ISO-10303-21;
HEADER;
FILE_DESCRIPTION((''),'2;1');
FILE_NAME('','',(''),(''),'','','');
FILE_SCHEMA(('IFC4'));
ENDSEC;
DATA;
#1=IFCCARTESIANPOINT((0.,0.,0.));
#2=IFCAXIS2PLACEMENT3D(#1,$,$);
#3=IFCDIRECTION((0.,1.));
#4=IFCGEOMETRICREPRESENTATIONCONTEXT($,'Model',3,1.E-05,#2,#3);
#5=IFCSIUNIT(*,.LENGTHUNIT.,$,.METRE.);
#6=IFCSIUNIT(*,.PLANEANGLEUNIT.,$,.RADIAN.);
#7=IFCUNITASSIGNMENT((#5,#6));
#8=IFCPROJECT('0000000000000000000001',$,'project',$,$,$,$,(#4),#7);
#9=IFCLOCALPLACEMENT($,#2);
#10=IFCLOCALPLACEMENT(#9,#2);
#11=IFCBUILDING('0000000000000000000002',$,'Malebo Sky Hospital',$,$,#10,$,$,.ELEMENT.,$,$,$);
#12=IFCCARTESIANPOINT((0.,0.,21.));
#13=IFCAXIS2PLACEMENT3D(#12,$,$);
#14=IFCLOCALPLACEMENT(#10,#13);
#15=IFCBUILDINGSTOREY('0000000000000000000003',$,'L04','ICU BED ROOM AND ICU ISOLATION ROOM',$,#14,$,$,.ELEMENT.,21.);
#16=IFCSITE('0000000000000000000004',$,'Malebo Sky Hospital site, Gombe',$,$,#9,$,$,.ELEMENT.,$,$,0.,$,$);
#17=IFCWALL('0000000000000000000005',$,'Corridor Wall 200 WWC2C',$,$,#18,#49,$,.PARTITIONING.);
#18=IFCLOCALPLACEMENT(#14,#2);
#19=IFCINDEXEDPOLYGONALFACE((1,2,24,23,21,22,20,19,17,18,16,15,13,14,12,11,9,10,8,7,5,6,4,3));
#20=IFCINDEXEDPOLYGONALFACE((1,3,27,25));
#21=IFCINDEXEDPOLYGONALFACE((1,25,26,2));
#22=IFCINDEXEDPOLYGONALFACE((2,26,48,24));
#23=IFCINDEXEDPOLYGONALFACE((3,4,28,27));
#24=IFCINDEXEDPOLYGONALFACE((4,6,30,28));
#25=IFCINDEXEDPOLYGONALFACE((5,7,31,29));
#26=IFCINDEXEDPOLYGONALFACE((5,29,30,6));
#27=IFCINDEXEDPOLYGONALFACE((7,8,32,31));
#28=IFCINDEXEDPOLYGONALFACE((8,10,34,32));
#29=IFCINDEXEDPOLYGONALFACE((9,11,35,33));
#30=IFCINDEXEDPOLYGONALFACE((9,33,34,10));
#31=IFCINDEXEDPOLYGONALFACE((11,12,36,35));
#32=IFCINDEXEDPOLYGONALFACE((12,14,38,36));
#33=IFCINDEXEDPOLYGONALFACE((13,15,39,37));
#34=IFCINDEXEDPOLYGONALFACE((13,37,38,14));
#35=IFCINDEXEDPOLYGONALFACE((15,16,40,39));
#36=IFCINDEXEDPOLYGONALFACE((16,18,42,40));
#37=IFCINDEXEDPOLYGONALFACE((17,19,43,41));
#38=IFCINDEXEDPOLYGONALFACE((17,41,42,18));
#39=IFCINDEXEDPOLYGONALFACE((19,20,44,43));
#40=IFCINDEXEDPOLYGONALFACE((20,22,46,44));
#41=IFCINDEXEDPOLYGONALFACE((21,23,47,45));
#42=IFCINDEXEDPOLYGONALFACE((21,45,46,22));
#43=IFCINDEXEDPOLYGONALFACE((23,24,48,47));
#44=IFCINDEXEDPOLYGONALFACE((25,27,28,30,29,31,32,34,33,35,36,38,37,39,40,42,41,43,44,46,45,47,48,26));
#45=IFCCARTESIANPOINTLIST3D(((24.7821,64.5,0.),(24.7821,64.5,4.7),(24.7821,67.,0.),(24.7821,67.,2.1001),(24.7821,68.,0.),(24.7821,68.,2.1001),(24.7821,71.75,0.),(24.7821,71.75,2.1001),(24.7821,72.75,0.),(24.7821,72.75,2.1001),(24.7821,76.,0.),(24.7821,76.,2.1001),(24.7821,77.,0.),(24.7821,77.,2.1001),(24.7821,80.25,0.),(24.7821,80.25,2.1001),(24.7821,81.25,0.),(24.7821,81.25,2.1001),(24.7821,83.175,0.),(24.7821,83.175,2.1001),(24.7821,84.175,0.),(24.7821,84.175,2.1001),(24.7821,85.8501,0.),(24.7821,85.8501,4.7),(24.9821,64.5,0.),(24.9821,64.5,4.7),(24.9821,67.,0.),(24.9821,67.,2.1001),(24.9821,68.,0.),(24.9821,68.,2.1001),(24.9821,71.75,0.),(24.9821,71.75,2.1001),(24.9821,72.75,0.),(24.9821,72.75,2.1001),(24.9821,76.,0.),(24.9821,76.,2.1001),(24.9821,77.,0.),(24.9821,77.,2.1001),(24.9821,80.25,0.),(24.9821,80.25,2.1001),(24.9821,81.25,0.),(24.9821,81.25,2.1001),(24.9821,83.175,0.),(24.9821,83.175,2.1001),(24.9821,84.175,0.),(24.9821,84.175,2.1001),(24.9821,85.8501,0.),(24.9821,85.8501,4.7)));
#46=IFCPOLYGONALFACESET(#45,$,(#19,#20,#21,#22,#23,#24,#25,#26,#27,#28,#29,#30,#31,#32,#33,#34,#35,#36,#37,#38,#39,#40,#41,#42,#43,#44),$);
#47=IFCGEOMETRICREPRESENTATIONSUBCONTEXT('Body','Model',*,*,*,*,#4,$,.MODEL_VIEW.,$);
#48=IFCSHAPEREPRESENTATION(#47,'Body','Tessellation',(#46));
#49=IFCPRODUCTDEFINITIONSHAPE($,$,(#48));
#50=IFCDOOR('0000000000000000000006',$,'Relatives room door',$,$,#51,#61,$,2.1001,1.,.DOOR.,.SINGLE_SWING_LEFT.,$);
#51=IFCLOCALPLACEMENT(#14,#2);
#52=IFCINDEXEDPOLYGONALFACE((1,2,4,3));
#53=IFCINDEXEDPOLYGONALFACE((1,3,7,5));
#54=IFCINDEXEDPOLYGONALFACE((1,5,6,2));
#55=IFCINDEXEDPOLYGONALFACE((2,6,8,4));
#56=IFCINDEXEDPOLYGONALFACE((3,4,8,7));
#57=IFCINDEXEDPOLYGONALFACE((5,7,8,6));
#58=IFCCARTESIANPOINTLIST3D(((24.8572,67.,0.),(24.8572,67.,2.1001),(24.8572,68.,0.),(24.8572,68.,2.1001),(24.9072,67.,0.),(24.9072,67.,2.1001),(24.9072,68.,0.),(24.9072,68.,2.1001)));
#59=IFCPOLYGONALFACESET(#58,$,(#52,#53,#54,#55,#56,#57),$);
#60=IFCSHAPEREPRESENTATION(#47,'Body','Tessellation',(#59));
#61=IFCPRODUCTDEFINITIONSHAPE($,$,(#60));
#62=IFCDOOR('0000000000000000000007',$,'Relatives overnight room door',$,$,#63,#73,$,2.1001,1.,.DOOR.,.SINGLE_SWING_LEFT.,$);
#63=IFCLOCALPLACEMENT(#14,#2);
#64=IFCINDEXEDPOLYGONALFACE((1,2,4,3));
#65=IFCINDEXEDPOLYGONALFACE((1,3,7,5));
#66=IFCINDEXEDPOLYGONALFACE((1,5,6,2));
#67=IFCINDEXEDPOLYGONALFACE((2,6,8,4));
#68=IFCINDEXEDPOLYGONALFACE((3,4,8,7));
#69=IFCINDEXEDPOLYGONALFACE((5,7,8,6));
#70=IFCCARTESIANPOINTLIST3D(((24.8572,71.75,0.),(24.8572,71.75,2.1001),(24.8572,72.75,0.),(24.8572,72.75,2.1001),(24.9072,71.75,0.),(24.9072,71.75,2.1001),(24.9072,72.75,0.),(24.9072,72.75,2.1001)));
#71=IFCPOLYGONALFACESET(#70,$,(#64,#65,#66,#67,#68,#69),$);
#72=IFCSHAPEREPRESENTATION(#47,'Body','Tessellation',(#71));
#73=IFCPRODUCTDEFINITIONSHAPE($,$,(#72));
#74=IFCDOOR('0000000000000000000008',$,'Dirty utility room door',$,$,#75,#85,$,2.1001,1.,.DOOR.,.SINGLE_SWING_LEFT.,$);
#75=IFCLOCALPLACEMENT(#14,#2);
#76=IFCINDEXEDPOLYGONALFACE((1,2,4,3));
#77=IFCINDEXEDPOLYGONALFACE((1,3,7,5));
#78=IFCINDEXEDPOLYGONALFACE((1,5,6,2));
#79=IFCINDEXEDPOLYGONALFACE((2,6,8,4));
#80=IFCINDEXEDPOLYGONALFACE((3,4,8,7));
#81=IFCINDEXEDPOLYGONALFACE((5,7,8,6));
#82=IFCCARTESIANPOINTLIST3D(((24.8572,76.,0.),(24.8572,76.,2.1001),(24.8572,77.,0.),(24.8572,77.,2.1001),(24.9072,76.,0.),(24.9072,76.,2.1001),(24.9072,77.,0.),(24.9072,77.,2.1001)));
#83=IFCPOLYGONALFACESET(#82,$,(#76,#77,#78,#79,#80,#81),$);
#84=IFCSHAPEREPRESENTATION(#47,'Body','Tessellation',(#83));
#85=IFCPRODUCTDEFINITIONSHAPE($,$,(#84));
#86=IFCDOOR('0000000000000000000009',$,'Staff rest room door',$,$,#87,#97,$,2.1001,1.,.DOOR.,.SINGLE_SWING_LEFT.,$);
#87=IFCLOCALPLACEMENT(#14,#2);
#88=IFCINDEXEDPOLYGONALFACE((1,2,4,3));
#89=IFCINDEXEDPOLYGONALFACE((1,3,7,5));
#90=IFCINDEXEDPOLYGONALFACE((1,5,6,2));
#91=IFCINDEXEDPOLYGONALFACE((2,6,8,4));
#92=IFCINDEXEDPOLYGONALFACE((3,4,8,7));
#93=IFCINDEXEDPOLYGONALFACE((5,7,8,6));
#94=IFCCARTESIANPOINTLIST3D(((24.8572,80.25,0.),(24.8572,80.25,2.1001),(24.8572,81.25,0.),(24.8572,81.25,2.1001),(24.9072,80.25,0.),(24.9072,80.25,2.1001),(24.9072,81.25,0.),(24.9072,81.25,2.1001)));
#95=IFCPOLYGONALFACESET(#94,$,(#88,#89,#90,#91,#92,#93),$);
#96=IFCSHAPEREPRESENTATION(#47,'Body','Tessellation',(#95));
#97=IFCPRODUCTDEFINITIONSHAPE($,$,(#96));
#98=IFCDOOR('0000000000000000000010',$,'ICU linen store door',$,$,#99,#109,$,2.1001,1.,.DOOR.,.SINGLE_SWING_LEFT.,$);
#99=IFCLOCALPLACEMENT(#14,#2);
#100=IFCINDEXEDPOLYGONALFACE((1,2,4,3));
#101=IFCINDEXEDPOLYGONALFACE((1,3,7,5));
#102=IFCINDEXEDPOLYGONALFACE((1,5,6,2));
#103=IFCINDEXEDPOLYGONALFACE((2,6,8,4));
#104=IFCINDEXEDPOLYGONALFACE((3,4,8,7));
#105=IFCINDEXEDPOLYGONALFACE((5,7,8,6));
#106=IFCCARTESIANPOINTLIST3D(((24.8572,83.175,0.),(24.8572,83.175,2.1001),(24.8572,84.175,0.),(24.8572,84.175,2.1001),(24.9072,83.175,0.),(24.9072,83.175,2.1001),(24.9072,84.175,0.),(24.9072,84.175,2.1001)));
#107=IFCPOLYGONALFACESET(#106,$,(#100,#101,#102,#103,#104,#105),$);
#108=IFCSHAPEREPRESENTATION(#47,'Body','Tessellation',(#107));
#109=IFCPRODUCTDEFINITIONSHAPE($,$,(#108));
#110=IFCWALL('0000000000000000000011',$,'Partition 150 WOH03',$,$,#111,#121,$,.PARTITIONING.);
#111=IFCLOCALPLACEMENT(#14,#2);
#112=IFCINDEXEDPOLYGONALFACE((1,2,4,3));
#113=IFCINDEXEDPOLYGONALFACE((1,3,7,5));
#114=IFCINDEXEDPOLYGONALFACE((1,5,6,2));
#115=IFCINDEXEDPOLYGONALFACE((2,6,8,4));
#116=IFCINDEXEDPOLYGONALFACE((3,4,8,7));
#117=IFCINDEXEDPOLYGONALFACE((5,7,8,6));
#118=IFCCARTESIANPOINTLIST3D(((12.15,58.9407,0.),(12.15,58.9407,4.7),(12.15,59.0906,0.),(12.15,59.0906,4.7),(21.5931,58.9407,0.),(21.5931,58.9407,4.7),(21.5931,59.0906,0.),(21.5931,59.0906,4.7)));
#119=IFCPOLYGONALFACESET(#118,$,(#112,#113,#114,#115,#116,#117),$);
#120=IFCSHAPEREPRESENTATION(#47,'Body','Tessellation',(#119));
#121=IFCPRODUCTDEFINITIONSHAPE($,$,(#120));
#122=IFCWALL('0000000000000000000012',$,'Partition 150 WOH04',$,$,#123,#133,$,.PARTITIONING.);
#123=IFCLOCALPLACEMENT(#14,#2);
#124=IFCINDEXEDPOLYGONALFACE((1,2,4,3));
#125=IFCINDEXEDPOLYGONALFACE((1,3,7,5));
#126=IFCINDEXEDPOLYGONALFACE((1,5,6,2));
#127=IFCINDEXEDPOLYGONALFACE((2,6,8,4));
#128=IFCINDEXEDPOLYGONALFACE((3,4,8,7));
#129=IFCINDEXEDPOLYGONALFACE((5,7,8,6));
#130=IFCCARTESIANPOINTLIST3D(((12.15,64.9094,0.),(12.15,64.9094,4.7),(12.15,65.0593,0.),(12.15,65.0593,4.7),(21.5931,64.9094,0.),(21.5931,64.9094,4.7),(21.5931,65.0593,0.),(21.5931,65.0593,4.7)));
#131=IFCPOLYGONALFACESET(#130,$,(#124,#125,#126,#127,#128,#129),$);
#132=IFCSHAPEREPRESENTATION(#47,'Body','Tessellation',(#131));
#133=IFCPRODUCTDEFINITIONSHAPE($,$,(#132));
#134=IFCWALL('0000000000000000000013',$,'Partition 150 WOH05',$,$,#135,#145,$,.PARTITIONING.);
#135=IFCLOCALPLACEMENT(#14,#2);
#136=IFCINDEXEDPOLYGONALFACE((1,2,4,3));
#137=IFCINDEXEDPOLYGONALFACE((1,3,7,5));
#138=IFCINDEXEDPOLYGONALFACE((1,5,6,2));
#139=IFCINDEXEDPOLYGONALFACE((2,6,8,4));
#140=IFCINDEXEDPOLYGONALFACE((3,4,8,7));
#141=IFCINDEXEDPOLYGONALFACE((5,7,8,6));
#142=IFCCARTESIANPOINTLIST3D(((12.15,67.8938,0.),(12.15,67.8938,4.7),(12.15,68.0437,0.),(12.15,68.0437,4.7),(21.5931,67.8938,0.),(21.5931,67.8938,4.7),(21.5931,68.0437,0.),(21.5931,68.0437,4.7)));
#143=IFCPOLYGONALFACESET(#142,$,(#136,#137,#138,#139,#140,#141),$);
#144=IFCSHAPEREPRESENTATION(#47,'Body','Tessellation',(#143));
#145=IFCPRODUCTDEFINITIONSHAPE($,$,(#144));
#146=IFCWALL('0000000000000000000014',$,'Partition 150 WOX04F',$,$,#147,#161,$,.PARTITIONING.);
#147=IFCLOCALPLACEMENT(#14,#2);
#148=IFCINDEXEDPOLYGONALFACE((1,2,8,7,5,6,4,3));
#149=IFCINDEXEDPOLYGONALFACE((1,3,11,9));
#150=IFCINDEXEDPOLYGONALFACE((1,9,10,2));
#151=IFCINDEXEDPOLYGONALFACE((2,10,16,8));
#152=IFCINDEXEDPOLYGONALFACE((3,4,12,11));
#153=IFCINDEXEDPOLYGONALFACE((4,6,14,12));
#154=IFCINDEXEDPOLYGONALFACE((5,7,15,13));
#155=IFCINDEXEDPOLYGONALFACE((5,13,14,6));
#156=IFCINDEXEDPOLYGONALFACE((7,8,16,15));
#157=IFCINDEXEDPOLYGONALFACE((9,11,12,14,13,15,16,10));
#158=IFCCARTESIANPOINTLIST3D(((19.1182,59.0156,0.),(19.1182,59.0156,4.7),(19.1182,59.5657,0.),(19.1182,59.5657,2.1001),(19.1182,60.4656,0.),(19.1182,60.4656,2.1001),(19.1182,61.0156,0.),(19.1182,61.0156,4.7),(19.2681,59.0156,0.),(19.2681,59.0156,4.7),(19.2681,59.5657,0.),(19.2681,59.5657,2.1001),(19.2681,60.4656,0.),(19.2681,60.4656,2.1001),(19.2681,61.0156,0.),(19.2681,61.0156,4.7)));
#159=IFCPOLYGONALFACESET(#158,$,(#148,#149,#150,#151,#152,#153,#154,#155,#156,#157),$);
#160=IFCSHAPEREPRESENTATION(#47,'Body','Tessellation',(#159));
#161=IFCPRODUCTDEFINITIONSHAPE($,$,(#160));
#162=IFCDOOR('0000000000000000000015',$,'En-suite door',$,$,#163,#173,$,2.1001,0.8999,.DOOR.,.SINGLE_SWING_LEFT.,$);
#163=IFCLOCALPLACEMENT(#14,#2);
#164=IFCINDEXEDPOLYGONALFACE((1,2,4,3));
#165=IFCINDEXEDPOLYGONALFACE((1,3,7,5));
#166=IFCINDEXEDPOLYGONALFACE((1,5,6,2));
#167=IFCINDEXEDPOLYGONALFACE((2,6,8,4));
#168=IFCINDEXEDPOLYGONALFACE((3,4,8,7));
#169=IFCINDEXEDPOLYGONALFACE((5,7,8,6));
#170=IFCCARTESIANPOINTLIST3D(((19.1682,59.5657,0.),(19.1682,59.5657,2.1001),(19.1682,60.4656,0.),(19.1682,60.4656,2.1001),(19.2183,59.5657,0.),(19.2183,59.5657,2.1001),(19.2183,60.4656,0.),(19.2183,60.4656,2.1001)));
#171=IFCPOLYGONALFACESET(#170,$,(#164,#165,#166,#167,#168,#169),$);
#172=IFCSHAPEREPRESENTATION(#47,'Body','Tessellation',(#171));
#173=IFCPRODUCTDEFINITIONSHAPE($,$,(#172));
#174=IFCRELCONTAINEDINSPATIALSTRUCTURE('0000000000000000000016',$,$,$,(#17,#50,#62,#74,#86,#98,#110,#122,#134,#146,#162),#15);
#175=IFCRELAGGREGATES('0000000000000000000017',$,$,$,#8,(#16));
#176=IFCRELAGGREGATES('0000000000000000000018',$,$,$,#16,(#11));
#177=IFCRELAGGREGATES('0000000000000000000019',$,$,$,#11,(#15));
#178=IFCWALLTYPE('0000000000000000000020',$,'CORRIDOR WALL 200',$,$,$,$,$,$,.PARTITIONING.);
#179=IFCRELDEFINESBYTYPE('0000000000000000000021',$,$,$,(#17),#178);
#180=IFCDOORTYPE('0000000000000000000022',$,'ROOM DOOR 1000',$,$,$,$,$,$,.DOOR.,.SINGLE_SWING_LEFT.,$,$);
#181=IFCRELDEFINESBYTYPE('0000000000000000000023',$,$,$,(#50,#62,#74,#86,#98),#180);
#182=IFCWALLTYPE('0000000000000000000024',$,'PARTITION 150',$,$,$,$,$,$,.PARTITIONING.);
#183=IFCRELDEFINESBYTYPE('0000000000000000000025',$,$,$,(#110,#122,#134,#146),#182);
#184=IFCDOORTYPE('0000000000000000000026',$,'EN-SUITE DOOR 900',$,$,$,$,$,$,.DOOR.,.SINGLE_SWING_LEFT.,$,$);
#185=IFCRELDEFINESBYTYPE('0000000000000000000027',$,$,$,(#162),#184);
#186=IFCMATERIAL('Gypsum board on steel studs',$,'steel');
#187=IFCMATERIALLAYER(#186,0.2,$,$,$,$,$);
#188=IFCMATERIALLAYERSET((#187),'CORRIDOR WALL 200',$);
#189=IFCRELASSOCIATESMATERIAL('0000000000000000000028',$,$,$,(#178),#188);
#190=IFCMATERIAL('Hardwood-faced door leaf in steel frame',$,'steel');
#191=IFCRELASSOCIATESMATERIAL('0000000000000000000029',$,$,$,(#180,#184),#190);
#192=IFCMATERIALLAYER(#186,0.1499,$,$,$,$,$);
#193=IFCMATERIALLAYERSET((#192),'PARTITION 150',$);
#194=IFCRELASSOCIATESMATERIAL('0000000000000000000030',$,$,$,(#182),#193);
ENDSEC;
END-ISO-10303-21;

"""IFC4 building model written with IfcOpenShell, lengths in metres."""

from ifc_helpers import new_model, si_unit, direction, frame, frame_2d, origin, place, context, subcontext, project, spatial, rectangle, extrude, material, layer, layer_set, type_object, element, fill, save


model = new_model("IFC4")

# Units and contexts
model_context = context("Model", 3, precision=1e-05, world=origin(), true_north=direction((0.0, 1.0)))
body_context = subcontext(model_context, "Body", "Model", "MODEL_VIEW")
ifc_project = project(units=[si_unit("LENGTHUNIT", "METRE"), si_unit("PLANEANGLEUNIT", "RADIAN")], contexts=[model_context])

# Site, building, storey
site_placement = place(None, origin())
site = spatial("IfcSite", under=ifc_project, at=site_placement, Name="Malebo Sky Hospital site, Gombe", CompositionType="ELEMENT", RefElevation=0.0)
building_placement = place(site_placement, origin())
building = spatial("IfcBuilding", under=site, at=building_placement, Name="Malebo Sky Hospital", CompositionType="ELEMENT")
storey_placement = place(building_placement, frame((0.0, 0.0, 21.0)))
storey = spatial("IfcBuildingStorey", under=building, at=storey_placement, Name="L04", Description="ICU BED ROOM AND ICU ISOLATION ROOM", CompositionType="ELEMENT", Elevation=21.0)

# Wall, openings, doors
ifc_material_1 = material(Name="Gypsum board on steel studs", Category="steel")
ifc_layer_1 = layer(ifc_material_1, 0.2)
ifc_layer_set_1 = layer_set([ifc_layer_1], Name="CORRIDOR WALL 200")
wall_type_1 = type_object("IfcWallType", Name="CORRIDOR WALL 200", PredefinedType="PARTITIONING", material=ifc_layer_set_1)
wall_1_placement = place(storey_placement, frame((24.8821, 64.5, 0.0), z_axis=(0.0, 0.0, 1.0), x_axis=(0.0, 1.0, 0.0)))
wall_1 = element("IfcWall", 1, at=wall_1_placement, inside=storey, type_object=wall_type_1, Name="Corridor Wall 200 WWC2C", PredefinedType="PARTITIONING", context=body_context, shape_type="SweptSolid", body=[
    extrude(rectangle(XDim=21.3501, YDim=0.2, at=frame_2d((10.675, 0.0))), origin(), (0.0, 0.0, 1.0), 4.7),
])
opening_1_placement = place(wall_1_placement, frame((2.5, 0.0, 0.0)))
opening_1 = element("IfcOpeningElement", 2, at=opening_1_placement, cuts=wall_1, PredefinedType="OPENING", context=body_context, shape_type="SweptSolid", body=[
    extrude(rectangle(XDim=1.0, YDim=2.1001, at=frame_2d((0.5, 1.05))), frame((0.0, 0.1099, 0.0), z_axis=(0.0, -1.0, 0.0), x_axis=(1.0, 0.0, 0.0)), (0.0, 0.0, 1.0), 0.22),
])
opening_2_placement = place(wall_1_placement, frame((7.25, 0.0, 0.0)))
opening_2 = element("IfcOpeningElement", 3, at=opening_2_placement, cuts=wall_1, PredefinedType="OPENING", context=body_context, shape_type="SweptSolid", body=[
    extrude(rectangle(XDim=1.0, YDim=2.1001, at=frame_2d((0.5, 1.05))), frame((0.0, 0.1099, 0.0), z_axis=(0.0, -1.0, 0.0), x_axis=(1.0, 0.0, 0.0)), (0.0, 0.0, 1.0), 0.22),
])
opening_3_placement = place(wall_1_placement, frame((11.5, 0.0, 0.0)))
opening_3 = element("IfcOpeningElement", 4, at=opening_3_placement, cuts=wall_1, PredefinedType="OPENING", context=body_context, shape_type="SweptSolid", body=[
    extrude(rectangle(XDim=1.0, YDim=2.1001, at=frame_2d((0.5, 1.05))), frame((0.0, 0.1099, 0.0), z_axis=(0.0, -1.0, 0.0), x_axis=(1.0, 0.0, 0.0)), (0.0, 0.0, 1.0), 0.22),
])
opening_4_placement = place(wall_1_placement, frame((15.75, 0.0, 0.0)))
opening_4 = element("IfcOpeningElement", 5, at=opening_4_placement, cuts=wall_1, PredefinedType="OPENING", context=body_context, shape_type="SweptSolid", body=[
    extrude(rectangle(XDim=1.0, YDim=2.1001, at=frame_2d((0.5, 1.05))), frame((0.0, 0.1099, 0.0), z_axis=(0.0, -1.0, 0.0), x_axis=(1.0, 0.0, 0.0)), (0.0, 0.0, 1.0), 0.22),
])
opening_5_placement = place(wall_1_placement, frame((18.675, 0.0, 0.0)))
opening_5 = element("IfcOpeningElement", 6, at=opening_5_placement, cuts=wall_1, PredefinedType="OPENING", context=body_context, shape_type="SweptSolid", body=[
    extrude(rectangle(XDim=1.0, YDim=2.1001, at=frame_2d((0.5, 1.05))), frame((0.0, 0.1099, 0.0), z_axis=(0.0, -1.0, 0.0), x_axis=(1.0, 0.0, 0.0)), (0.0, 0.0, 1.0), 0.22),
])
ifc_material_2 = material(Name="Hardwood-faced door leaf in steel frame", Category="steel")
door_type_1 = type_object("IfcDoorType", Name="ROOM DOOR 1000", OperationType="SINGLE_SWING_LEFT", PredefinedType="DOOR", material=ifc_material_2)
door_1_placement = place(opening_1_placement, origin())
door_1 = element("IfcDoor", 7, at=door_1_placement, inside=storey, type_object=door_type_1, Name="Relatives room door", OperationType="SINGLE_SWING_LEFT", OverallHeight=2.1001, OverallWidth=1.0, PredefinedType="DOOR", context=body_context, shape_type="SweptSolid", body=[
    extrude(rectangle(XDim=1.0, YDim=2.1001, at=frame_2d((0.5, 1.05))), frame((0.0, 0.0249, 0.0), z_axis=(0.0, -1.0, 0.0), x_axis=(1.0, 0.0, 0.0)), (0.0, 0.0, 1.0), 0.05),
])
fill(opening_1, door_1)
door_2_placement = place(opening_2_placement, origin())
door_2 = element("IfcDoor", 8, at=door_2_placement, inside=storey, type_object=door_type_1, Name="Relatives overnight room door", OperationType="SINGLE_SWING_LEFT", OverallHeight=2.1001, OverallWidth=1.0, PredefinedType="DOOR", context=body_context, shape_type="SweptSolid", body=[
    extrude(rectangle(XDim=1.0, YDim=2.1001, at=frame_2d((0.5, 1.05))), frame((0.0, 0.0249, 0.0), z_axis=(0.0, -1.0, 0.0), x_axis=(1.0, 0.0, 0.0)), (0.0, 0.0, 1.0), 0.05),
])
fill(opening_2, door_2)
door_3_placement = place(opening_3_placement, origin())
door_3 = element("IfcDoor", 9, at=door_3_placement, inside=storey, type_object=door_type_1, Name="Dirty utility room door", OperationType="SINGLE_SWING_LEFT", OverallHeight=2.1001, OverallWidth=1.0, PredefinedType="DOOR", context=body_context, shape_type="SweptSolid", body=[
    extrude(rectangle(XDim=1.0, YDim=2.1001, at=frame_2d((0.5, 1.05))), frame((0.0, 0.0249, 0.0), z_axis=(0.0, -1.0, 0.0), x_axis=(1.0, 0.0, 0.0)), (0.0, 0.0, 1.0), 0.05),
])
fill(opening_3, door_3)
door_4_placement = place(opening_4_placement, origin())
door_4 = element("IfcDoor", 10, at=door_4_placement, inside=storey, type_object=door_type_1, Name="Staff rest room door", OperationType="SINGLE_SWING_LEFT", OverallHeight=2.1001, OverallWidth=1.0, PredefinedType="DOOR", context=body_context, shape_type="SweptSolid", body=[
    extrude(rectangle(XDim=1.0, YDim=2.1001, at=frame_2d((0.5, 1.05))), frame((0.0, 0.0249, 0.0), z_axis=(0.0, -1.0, 0.0), x_axis=(1.0, 0.0, 0.0)), (0.0, 0.0, 1.0), 0.05),
])
fill(opening_4, door_4)
door_5_placement = place(opening_5_placement, origin())
door_5 = element("IfcDoor", 11, at=door_5_placement, inside=storey, type_object=door_type_1, Name="ICU linen store door", OperationType="SINGLE_SWING_LEFT", OverallHeight=2.1001, OverallWidth=1.0, PredefinedType="DOOR", context=body_context, shape_type="SweptSolid", body=[
    extrude(rectangle(XDim=1.0, YDim=2.1001, at=frame_2d((0.5, 1.05))), frame((0.0, 0.0249, 0.0), z_axis=(0.0, -1.0, 0.0), x_axis=(1.0, 0.0, 0.0)), (0.0, 0.0, 1.0), 0.05),
])
fill(opening_5, door_5)

# Walls
ifc_layer_2 = layer(ifc_material_1, 0.1499)
ifc_layer_set_2 = layer_set([ifc_layer_2], Name="PARTITION 150")
wall_type_2 = type_object("IfcWallType", Name="PARTITION 150", PredefinedType="PARTITIONING", material=ifc_layer_set_2)
for number, where, z_axis, x_axis, name in (
    (12, (12.1499, 59.0156, 0.0), (0.0, 0.0, 1.0), (1.0, 0.0, 0.0), "Partition 150 WOH03"),
    (13, (12.1499, 64.9844, 0.0), (0.0, 0.0, 1.0), (1.0, 0.0, 0.0), "Partition 150 WOH04"),
    (14, (12.1499, 67.9688, 0.0), (0.0, 0.0, 1.0), (1.0, 0.0, 0.0), "Partition 150 WOH05"),
):
    element("IfcWall", number, at=place(storey_placement, frame(where, z_axis=z_axis, x_axis=x_axis)), inside=storey, type_object=wall_type_2, Name=name, PredefinedType="PARTITIONING", context=body_context, shape_type="SweptSolid", body=[
        extrude(rectangle(XDim=9.4431, YDim=0.1499, at=frame_2d((4.7217, 0.0))), origin(), (0.0, 0.0, 1.0), 4.7),
    ])

# Wall, opening, door
wall_2_placement = place(storey_placement, frame((19.1931, 59.0156, 0.0), z_axis=(0.0, 0.0, 1.0), x_axis=(0.0, 1.0, 0.0)))
wall_2 = element("IfcWall", 15, at=wall_2_placement, inside=storey, type_object=wall_type_2, Name="Partition 150 WOX04F", PredefinedType="PARTITIONING", context=body_context, shape_type="SweptSolid", body=[
    extrude(rectangle(XDim=2.0, YDim=0.1499, at=frame_2d((1.0, 0.0))), origin(), (0.0, 0.0, 1.0), 4.7),
])
opening_6_placement = place(wall_2_placement, frame((0.55, 0.0, 0.0)))
opening_6 = element("IfcOpeningElement", 16, at=opening_6_placement, cuts=wall_2, PredefinedType="OPENING", context=body_context, shape_type="SweptSolid", body=[
    extrude(rectangle(XDim=0.8999, YDim=2.1001, at=frame_2d((0.45, 1.05))), frame((0.0, 0.085, 0.0), z_axis=(0.0, -1.0, 0.0), x_axis=(1.0, 0.0, 0.0)), (0.0, 0.0, 1.0), 0.1699),
])
door_type_2 = type_object("IfcDoorType", Name="EN-SUITE DOOR 900", OperationType="SINGLE_SWING_LEFT", PredefinedType="DOOR", material=ifc_material_2)
door_6_placement = place(opening_6_placement, origin())
door_6 = element("IfcDoor", 17, at=door_6_placement, inside=storey, type_object=door_type_2, Name="En-suite door", OperationType="SINGLE_SWING_LEFT", OverallHeight=2.1001, OverallWidth=0.8999, PredefinedType="DOOR", context=body_context, shape_type="SweptSolid", body=[
    extrude(rectangle(XDim=0.8999, YDim=2.1001, at=frame_2d((0.45, 1.05))), frame((0.0, 0.0249, 0.0), z_axis=(0.0, -1.0, 0.0), x_axis=(1.0, 0.0, 0.0)), (0.0, 0.0, 1.0), 0.05),
])
fill(opening_6, door_6)

save(model, "model.ifc")
